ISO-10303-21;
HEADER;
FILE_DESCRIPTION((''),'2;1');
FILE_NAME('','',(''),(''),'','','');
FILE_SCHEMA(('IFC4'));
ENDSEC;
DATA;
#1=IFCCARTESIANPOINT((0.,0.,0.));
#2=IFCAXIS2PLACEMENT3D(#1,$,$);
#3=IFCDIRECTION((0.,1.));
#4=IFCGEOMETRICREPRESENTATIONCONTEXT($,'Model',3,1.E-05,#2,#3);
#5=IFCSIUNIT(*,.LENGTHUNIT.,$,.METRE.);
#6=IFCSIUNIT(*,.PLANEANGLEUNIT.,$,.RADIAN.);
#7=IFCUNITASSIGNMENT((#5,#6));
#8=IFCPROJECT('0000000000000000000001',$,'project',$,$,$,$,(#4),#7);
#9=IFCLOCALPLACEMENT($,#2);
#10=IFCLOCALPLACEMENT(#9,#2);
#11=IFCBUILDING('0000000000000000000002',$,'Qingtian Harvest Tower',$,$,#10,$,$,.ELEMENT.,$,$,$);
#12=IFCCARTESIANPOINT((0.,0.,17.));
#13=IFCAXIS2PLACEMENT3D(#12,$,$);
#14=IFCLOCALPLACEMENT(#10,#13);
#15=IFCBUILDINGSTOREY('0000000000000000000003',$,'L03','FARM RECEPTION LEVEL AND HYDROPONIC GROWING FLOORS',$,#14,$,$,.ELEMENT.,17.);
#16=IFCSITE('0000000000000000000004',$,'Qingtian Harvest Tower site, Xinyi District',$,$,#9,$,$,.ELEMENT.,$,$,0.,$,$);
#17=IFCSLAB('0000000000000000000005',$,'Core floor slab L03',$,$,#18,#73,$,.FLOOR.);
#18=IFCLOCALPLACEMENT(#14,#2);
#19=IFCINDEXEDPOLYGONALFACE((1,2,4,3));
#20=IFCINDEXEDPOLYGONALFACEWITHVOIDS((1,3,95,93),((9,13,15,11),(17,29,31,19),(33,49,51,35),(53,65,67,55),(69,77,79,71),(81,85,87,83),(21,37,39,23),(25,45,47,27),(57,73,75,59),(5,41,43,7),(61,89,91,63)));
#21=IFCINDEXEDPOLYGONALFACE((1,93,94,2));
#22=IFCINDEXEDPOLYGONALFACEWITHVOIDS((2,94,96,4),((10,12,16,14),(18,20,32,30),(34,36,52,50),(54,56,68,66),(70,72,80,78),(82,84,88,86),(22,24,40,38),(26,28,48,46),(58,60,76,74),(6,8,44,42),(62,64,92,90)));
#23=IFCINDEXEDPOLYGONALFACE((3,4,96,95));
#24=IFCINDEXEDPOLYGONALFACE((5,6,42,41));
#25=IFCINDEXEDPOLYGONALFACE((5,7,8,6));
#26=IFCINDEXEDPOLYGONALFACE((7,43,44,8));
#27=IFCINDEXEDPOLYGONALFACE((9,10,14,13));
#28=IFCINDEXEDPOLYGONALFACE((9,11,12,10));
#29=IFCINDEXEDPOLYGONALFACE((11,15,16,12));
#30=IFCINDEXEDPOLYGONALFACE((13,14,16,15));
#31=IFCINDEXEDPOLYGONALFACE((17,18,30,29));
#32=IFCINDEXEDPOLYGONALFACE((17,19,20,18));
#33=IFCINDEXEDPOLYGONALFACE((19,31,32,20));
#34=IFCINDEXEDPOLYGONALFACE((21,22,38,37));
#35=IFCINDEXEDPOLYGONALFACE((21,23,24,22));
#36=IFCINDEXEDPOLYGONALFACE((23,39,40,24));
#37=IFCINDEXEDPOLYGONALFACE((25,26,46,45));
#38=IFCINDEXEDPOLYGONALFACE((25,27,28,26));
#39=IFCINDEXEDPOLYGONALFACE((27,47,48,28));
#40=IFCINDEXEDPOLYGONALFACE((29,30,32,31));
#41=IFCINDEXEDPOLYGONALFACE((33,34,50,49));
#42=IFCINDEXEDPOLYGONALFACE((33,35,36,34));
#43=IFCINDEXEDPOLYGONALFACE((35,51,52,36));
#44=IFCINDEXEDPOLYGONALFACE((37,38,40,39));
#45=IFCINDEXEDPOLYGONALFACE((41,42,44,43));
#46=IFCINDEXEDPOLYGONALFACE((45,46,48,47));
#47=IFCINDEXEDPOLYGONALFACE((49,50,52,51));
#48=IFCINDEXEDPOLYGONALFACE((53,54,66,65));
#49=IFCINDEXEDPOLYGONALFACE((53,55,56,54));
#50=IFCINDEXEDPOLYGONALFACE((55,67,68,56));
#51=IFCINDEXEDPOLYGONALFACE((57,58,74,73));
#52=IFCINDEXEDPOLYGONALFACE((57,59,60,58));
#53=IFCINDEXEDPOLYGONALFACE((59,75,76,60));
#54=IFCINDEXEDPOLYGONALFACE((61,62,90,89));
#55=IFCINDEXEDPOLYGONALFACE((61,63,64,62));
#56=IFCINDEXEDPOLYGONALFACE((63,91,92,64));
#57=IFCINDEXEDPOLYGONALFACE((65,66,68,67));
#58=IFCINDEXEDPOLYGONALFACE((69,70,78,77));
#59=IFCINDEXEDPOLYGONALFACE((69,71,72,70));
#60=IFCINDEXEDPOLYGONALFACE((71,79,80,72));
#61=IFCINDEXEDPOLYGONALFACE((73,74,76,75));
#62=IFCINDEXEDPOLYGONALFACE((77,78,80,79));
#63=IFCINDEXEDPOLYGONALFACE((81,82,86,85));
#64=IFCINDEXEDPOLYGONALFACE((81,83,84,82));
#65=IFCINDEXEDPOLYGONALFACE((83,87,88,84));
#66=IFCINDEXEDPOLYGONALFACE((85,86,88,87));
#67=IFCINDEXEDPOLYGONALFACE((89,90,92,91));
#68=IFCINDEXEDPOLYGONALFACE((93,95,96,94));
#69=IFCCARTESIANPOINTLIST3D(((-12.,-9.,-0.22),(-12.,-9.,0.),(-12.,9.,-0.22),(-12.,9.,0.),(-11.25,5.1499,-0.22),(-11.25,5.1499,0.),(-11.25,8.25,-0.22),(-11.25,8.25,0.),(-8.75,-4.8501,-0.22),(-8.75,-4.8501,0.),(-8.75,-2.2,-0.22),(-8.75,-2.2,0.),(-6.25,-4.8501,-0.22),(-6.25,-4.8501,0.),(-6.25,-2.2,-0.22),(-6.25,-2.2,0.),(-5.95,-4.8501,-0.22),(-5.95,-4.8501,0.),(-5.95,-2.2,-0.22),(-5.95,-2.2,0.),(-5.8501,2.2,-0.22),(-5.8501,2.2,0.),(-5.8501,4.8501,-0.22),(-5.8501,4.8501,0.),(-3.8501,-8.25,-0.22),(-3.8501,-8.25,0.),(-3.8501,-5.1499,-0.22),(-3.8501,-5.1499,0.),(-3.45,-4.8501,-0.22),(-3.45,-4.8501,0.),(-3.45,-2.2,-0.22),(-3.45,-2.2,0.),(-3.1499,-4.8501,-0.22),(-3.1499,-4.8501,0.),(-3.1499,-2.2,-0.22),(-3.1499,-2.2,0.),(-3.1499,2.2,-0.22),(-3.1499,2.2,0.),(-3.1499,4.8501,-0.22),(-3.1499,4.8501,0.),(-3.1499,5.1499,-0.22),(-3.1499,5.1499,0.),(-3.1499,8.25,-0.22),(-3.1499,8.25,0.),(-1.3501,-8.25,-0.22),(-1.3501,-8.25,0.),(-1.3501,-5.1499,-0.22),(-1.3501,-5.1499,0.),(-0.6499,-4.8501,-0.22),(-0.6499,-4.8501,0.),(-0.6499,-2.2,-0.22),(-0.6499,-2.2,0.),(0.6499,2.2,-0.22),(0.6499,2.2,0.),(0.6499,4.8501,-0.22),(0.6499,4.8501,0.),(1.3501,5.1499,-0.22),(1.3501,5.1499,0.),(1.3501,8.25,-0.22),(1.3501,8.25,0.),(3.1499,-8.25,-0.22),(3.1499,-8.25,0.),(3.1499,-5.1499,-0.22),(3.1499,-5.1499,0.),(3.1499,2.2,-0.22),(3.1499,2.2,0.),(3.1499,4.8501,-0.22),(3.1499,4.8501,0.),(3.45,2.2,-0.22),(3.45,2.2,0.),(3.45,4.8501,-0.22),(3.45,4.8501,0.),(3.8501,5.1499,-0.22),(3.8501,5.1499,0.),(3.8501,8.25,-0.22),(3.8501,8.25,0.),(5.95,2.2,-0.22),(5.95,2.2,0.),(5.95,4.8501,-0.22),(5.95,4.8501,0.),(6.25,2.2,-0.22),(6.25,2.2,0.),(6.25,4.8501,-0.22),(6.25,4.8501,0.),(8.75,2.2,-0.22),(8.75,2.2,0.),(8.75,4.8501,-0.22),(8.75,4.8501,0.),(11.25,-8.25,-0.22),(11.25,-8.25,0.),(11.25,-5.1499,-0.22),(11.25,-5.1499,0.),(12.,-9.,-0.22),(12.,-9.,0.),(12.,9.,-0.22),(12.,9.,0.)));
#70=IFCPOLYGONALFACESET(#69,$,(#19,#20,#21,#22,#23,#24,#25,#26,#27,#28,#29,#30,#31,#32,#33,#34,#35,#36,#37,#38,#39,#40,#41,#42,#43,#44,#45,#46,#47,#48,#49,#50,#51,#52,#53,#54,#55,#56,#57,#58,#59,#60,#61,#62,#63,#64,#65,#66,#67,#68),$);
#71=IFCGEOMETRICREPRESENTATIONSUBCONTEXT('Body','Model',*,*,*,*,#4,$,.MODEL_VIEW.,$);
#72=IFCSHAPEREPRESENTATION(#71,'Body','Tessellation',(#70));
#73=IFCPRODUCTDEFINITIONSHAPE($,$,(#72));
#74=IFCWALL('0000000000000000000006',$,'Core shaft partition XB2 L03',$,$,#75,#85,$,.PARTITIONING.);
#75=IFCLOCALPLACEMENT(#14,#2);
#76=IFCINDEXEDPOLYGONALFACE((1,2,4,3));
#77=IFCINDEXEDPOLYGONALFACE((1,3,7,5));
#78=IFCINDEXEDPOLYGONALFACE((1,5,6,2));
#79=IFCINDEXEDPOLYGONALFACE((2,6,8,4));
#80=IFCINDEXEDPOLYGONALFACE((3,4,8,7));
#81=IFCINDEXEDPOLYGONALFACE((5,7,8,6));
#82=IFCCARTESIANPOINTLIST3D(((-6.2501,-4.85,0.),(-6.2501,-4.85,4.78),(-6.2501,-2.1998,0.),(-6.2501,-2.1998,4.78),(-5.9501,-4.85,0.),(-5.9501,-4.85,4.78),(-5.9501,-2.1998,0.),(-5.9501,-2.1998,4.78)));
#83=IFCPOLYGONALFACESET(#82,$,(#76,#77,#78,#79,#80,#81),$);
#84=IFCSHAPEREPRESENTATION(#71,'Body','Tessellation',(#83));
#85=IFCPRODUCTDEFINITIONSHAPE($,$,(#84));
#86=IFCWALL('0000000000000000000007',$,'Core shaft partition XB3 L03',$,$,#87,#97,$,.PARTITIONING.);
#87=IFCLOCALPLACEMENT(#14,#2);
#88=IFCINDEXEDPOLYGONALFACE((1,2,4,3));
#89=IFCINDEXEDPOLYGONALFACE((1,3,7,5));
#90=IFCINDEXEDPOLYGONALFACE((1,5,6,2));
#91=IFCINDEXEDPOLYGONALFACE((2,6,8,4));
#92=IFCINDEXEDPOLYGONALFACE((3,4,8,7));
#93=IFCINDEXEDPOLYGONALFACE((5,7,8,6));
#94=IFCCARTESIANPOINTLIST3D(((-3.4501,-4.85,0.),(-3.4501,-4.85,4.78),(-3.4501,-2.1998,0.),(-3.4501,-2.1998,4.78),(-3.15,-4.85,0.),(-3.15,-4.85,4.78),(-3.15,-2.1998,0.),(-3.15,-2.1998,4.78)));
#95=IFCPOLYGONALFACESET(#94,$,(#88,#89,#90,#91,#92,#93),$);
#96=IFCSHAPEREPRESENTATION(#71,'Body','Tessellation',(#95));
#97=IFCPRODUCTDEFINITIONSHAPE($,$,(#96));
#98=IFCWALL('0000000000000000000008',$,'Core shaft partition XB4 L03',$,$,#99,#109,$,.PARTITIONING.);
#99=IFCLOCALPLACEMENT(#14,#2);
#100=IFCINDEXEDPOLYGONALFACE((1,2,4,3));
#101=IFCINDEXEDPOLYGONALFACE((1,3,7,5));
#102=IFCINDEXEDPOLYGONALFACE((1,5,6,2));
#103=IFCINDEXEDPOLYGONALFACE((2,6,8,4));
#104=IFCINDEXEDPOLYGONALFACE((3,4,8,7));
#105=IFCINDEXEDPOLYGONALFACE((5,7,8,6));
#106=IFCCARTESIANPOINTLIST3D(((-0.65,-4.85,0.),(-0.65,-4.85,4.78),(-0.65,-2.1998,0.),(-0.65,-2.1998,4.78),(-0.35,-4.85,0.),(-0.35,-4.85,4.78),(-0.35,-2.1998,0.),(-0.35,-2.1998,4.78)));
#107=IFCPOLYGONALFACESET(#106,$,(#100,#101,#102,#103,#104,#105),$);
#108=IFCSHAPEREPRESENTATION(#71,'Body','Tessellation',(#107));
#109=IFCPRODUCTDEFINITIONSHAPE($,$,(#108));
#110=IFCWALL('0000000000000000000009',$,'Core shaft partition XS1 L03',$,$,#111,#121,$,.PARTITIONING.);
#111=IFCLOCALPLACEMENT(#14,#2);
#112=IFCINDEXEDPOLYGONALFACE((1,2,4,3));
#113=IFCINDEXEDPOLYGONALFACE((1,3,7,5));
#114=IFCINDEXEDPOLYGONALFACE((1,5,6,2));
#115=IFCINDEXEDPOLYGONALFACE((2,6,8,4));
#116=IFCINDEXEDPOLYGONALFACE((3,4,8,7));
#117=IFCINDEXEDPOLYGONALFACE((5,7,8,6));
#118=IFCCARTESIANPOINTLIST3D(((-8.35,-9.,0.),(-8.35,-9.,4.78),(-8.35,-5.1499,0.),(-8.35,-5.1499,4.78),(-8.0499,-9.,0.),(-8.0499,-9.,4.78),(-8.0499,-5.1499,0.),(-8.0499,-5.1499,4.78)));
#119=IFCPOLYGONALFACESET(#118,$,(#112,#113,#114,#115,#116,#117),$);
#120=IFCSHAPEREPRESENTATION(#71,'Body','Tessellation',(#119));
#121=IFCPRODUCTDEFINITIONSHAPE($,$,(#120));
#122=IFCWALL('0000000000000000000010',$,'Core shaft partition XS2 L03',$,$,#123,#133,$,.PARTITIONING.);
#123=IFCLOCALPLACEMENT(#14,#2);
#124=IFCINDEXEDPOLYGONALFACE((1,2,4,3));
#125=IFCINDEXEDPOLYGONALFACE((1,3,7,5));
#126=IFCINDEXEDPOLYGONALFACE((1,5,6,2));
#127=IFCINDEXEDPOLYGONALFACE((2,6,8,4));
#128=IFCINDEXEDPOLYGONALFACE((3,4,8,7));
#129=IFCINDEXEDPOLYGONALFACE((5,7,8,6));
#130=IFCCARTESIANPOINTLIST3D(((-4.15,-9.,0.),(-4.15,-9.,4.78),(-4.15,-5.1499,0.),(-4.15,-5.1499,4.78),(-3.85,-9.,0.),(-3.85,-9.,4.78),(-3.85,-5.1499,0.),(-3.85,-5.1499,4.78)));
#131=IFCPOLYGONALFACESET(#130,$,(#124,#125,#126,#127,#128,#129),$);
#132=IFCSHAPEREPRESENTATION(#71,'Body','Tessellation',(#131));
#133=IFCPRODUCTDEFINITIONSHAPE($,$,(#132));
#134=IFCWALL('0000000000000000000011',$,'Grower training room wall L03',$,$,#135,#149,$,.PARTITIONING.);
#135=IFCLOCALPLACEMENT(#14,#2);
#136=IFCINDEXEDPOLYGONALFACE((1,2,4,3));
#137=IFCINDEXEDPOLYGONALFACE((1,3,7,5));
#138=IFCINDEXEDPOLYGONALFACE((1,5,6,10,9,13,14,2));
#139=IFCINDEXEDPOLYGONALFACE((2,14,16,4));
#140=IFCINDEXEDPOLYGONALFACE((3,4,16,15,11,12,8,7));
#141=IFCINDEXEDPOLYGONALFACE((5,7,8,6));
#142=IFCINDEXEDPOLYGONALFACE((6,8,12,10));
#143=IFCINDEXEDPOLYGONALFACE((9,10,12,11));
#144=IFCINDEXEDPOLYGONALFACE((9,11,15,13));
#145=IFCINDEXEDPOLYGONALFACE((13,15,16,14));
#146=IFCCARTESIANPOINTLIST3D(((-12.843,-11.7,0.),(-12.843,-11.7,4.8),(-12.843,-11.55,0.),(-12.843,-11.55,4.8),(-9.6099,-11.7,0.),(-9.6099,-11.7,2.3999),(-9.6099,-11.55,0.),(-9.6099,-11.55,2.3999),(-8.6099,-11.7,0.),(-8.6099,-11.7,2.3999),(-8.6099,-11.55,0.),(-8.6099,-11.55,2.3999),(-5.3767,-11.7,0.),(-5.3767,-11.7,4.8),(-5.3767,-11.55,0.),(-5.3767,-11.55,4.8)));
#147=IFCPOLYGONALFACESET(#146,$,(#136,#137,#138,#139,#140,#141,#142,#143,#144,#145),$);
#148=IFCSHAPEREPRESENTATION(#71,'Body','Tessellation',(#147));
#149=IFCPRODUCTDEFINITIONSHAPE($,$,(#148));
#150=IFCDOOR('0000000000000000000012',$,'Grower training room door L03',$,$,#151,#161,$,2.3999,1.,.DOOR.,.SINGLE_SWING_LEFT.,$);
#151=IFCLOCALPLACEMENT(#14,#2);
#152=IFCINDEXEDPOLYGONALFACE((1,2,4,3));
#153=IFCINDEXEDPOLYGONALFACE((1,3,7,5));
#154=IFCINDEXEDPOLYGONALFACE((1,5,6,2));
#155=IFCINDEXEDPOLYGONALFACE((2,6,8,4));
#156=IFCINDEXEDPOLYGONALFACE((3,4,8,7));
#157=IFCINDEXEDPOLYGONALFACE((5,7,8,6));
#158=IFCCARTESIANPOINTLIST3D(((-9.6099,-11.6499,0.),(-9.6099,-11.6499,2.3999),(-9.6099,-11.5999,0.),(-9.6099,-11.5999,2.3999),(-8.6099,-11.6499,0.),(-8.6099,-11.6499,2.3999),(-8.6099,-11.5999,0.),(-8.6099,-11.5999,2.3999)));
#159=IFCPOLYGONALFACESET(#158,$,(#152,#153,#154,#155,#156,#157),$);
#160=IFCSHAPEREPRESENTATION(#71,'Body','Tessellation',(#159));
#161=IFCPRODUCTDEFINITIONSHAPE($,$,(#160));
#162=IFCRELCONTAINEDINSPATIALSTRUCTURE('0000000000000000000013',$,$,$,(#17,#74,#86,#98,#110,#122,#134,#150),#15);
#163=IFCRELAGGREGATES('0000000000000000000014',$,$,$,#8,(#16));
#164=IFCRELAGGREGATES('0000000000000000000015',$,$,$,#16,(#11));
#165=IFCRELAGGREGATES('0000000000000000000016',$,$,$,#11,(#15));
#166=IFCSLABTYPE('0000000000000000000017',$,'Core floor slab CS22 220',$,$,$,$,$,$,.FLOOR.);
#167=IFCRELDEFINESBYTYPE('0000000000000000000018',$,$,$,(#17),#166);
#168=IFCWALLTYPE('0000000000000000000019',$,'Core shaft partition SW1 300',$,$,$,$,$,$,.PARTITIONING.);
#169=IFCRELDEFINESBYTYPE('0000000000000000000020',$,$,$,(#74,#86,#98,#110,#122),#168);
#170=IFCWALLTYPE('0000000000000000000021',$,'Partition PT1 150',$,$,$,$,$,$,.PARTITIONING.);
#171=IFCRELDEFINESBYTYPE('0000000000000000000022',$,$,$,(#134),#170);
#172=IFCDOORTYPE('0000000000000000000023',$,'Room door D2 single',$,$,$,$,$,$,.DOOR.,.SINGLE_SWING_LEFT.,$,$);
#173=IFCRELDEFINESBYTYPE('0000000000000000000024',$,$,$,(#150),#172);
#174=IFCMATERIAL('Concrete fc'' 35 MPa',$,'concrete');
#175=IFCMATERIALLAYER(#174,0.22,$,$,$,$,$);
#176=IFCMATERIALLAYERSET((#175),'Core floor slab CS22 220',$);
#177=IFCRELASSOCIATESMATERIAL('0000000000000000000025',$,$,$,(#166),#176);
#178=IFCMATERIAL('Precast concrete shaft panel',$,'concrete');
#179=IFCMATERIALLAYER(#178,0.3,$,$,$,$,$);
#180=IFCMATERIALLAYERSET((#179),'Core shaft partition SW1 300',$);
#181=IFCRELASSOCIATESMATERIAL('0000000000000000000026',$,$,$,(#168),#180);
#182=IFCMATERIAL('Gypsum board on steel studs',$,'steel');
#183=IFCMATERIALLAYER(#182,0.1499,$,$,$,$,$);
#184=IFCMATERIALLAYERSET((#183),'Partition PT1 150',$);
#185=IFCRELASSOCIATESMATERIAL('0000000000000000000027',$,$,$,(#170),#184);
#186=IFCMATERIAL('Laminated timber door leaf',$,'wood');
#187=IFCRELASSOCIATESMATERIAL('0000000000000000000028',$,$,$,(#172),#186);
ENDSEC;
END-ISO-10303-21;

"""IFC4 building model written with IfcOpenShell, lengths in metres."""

from ifc_helpers import new_model, si_unit, direction, frame, frame_2d, origin, place, context, subcontext, project, spatial, polyline, rectangle, outline, extrude, material, layer, layer_set, type_object, element, fill, save


model = new_model("IFC4")

# Units and contexts
model_context = context("Model", 3, precision=1e-05, world=origin(), true_north=direction((0.0, 1.0)))
body_context = subcontext(model_context, "Body", "Model", "MODEL_VIEW")
ifc_project = project(units=[si_unit("LENGTHUNIT", "METRE"), si_unit("PLANEANGLEUNIT", "RADIAN")], contexts=[model_context])

# Site, building, storey
site_placement = place(None, origin())
site = spatial("IfcSite", under=ifc_project, at=site_placement, Name="Qingtian Harvest Tower site, Xinyi District", CompositionType="ELEMENT", RefElevation=0.0)
building_placement = place(site_placement, origin())
building = spatial("IfcBuilding", under=site, at=building_placement, Name="Qingtian Harvest Tower", CompositionType="ELEMENT")
storey_placement = place(building_placement, frame((0.0, 0.0, 17.0)))
storey = spatial("IfcBuildingStorey", under=building, at=storey_placement, Name="L03", Description="FARM RECEPTION LEVEL AND HYDROPONIC GROWING FLOORS", CompositionType="ELEMENT", Elevation=17.0)

# Slab
ifc_material_1 = material(Name="Concrete fc' 35 MPa", Category="concrete")
ifc_layer_1 = layer(ifc_material_1, 0.22)
ifc_layer_set_1 = layer_set([ifc_layer_1], Name="Core floor slab CS22 220")
slab_type_1 = type_object("IfcSlabType", Name="Core floor slab CS22 220", PredefinedType="FLOOR", material=ifc_layer_set_1)
slab_1_placement = place(storey_placement, frame((0.0, 0.0, -0.22)))
element("IfcSlab", 1, at=slab_1_placement, inside=storey, type_object=slab_type_1, Name="Core floor slab L03", PredefinedType="FLOOR", context=body_context, shape_type="SweptSolid", body=[
    extrude(outline(polyline([(-12.0, -9.0), (12.0, -9.0), (12.0, 9.0), (-12.0, 9.0), (-12.0, -9.0)]), holes=[polyline([(-11.25, 5.1499), (-3.1499, 5.1499), (-3.1499, 8.25), (-11.25, 8.25), (-11.25, 5.1499)]), polyline([(3.1499, -8.25), (11.25, -8.25), (11.25, -5.1499), (3.1499, -5.1499), (3.1499, -8.25)]), polyline([(1.3501, 5.1499), (3.8501, 5.1499), (3.8501, 8.25), (1.3501, 8.25), (1.3501, 5.1499)]), polyline([(-3.8501, -8.25), (-1.3501, -8.25), (-1.3501, -5.1499), (-3.8501, -5.1499), (-3.8501, -8.25)]), polyline([(-5.8501, 2.2), (-3.1499, 2.2), (-3.1499, 4.8501), (-5.8501, 4.8501), (-5.8501, 2.2)]), polyline([(0.6499, 2.2), (3.1499, 2.2), (3.1499, 4.8501), (0.6499, 4.8501), (0.6499, 2.2)]), polyline([(3.45, 2.2), (5.95, 2.2), (5.95, 4.8501), (3.45, 4.8501), (3.45, 2.2)]), polyline([(6.25, 2.2), (8.75, 2.2), (8.75, 4.8501), (6.25, 4.8501), (6.25, 2.2)]), polyline([(-8.75, -4.8501), (-6.25, -4.8501), (-6.25, -2.2), (-8.75, -2.2), (-8.75, -4.8501)]), polyline([(-5.95, -4.8501), (-3.45, -4.8501), (-3.45, -2.2), (-5.95, -2.2), (-5.95, -4.8501)]), polyline([(-3.1499, -4.8501), (-0.6499, -4.8501), (-0.6499, -2.2), (-3.1499, -2.2), (-3.1499, -4.8501)])]), origin(), (0.0, 0.0, 1.0), 0.22),
])

# Walls
ifc_material_2 = material(Name="Precast concrete shaft panel", Category="concrete")
ifc_layer_2 = layer(ifc_material_2, 0.3)
ifc_layer_set_2 = layer_set([ifc_layer_2], Name="Core shaft partition SW1 300")
wall_type_1 = type_object("IfcWallType", Name="Core shaft partition SW1 300", PredefinedType="PARTITIONING", material=ifc_layer_set_2)
for number, where, z_axis, x_axis, name in (
    (2, (-6.1001, -4.8501, 0.0), (0.0, 0.0, 1.0), (0.0, 1.0, 0.0), "Core shaft partition XB2 L03"),
    (3, (-3.3, -4.8501, 0.0), (0.0, 0.0, 1.0), (0.0, 1.0, 0.0), "Core shaft partition XB3 L03"),
    (4, (-0.5, -4.8501, 0.0), (0.0, 0.0, 1.0), (0.0, 1.0, 0.0), "Core shaft partition XB4 L03"),
):
    element("IfcWall", number, at=place(storey_placement, frame(where, z_axis=z_axis, x_axis=x_axis)), inside=storey, type_object=wall_type_1, Name=name, PredefinedType="PARTITIONING", context=body_context, shape_type="SweptSolid", body=[
        extrude(rectangle(XDim=2.6501, YDim=0.3, at=frame_2d((1.3252, 0.0))), origin(), (0.0, 0.0, 1.0), 4.78),
    ])
for number, where, z_axis, x_axis, name in (
    (5, (-8.2, -9.0, 0.0), (0.0, 0.0, 1.0), (0.0, 1.0, 0.0), "Core shaft partition XS1 L03"),
    (6, (-4.0, -9.0, 0.0), (0.0, 0.0, 1.0), (0.0, 1.0, 0.0), "Core shaft partition XS2 L03"),
):
    element("IfcWall", number, at=place(storey_placement, frame(where, z_axis=z_axis, x_axis=x_axis)), inside=storey, type_object=wall_type_1, Name=name, PredefinedType="PARTITIONING", context=body_context, shape_type="SweptSolid", body=[
        extrude(rectangle(XDim=3.8501, YDim=0.3, at=frame_2d((1.925, 0.0))), origin(), (0.0, 0.0, 1.0), 4.78),
    ])

# Wall, opening, door
ifc_material_3 = material(Name="Gypsum board on steel studs", Category="steel")
ifc_layer_3 = layer(ifc_material_3, 0.1499)
ifc_layer_set_3 = layer_set([ifc_layer_3], Name="Partition PT1 150")
wall_type_2 = type_object("IfcWallType", Name="Partition PT1 150", PredefinedType="PARTITIONING", material=ifc_layer_set_3)
wall_1_placement = place(storey_placement, frame((-5.3767, -11.625, 0.0), z_axis=(0.0, 0.0, 1.0), x_axis=(-1.0, 0.0, 0.0)))
wall_1 = element("IfcWall", 7, at=wall_1_placement, inside=storey, type_object=wall_type_2, Name="Grower training room wall L03", PredefinedType="PARTITIONING", context=body_context, shape_type="SweptSolid", body=[
    extrude(rectangle(XDim=7.4663, YDim=0.1499, at=frame_2d((3.7332, 0.0))), origin(), (0.0, 0.0, 1.0), 4.8),
])
opening_1_placement = place(wall_1_placement, frame((3.2332, 0.0, 0.0)))
opening_1 = element("IfcOpeningElement", 8, at=opening_1_placement, cuts=wall_1, PredefinedType="OPENING", context=body_context, shape_type="SweptSolid", body=[
    extrude(rectangle(XDim=1.0, YDim=2.3999, at=frame_2d((0.5, 1.2))), frame((0.0, 0.085, 0.0), z_axis=(0.0, -1.0, 0.0), x_axis=(1.0, 0.0, 0.0)), (0.0, 0.0, 1.0), 0.1699),
])
ifc_material_4 = material(Name="Laminated timber door leaf", Category="wood")
door_type_1 = type_object("IfcDoorType", Name="Room door D2 single", OperationType="SINGLE_SWING_LEFT", PredefinedType="DOOR", material=ifc_material_4)
door_1_placement = place(opening_1_placement, origin())
door_1 = element("IfcDoor", 9, at=door_1_placement, inside=storey, type_object=door_type_1, Name="Grower training room door L03", OperationType="SINGLE_SWING_LEFT", OverallHeight=2.3999, OverallWidth=1.0, PredefinedType="DOOR", context=body_context, shape_type="SweptSolid", body=[
    extrude(rectangle(XDim=1.0, YDim=2.3999, at=frame_2d((0.5, 1.2))), frame((0.0, 0.0249, 0.0), z_axis=(0.0, -1.0, 0.0), x_axis=(1.0, 0.0, 0.0)), (0.0, 0.0, 1.0), 0.05),
])
fill(opening_1, door_1)

save(model, "model.ifc")
